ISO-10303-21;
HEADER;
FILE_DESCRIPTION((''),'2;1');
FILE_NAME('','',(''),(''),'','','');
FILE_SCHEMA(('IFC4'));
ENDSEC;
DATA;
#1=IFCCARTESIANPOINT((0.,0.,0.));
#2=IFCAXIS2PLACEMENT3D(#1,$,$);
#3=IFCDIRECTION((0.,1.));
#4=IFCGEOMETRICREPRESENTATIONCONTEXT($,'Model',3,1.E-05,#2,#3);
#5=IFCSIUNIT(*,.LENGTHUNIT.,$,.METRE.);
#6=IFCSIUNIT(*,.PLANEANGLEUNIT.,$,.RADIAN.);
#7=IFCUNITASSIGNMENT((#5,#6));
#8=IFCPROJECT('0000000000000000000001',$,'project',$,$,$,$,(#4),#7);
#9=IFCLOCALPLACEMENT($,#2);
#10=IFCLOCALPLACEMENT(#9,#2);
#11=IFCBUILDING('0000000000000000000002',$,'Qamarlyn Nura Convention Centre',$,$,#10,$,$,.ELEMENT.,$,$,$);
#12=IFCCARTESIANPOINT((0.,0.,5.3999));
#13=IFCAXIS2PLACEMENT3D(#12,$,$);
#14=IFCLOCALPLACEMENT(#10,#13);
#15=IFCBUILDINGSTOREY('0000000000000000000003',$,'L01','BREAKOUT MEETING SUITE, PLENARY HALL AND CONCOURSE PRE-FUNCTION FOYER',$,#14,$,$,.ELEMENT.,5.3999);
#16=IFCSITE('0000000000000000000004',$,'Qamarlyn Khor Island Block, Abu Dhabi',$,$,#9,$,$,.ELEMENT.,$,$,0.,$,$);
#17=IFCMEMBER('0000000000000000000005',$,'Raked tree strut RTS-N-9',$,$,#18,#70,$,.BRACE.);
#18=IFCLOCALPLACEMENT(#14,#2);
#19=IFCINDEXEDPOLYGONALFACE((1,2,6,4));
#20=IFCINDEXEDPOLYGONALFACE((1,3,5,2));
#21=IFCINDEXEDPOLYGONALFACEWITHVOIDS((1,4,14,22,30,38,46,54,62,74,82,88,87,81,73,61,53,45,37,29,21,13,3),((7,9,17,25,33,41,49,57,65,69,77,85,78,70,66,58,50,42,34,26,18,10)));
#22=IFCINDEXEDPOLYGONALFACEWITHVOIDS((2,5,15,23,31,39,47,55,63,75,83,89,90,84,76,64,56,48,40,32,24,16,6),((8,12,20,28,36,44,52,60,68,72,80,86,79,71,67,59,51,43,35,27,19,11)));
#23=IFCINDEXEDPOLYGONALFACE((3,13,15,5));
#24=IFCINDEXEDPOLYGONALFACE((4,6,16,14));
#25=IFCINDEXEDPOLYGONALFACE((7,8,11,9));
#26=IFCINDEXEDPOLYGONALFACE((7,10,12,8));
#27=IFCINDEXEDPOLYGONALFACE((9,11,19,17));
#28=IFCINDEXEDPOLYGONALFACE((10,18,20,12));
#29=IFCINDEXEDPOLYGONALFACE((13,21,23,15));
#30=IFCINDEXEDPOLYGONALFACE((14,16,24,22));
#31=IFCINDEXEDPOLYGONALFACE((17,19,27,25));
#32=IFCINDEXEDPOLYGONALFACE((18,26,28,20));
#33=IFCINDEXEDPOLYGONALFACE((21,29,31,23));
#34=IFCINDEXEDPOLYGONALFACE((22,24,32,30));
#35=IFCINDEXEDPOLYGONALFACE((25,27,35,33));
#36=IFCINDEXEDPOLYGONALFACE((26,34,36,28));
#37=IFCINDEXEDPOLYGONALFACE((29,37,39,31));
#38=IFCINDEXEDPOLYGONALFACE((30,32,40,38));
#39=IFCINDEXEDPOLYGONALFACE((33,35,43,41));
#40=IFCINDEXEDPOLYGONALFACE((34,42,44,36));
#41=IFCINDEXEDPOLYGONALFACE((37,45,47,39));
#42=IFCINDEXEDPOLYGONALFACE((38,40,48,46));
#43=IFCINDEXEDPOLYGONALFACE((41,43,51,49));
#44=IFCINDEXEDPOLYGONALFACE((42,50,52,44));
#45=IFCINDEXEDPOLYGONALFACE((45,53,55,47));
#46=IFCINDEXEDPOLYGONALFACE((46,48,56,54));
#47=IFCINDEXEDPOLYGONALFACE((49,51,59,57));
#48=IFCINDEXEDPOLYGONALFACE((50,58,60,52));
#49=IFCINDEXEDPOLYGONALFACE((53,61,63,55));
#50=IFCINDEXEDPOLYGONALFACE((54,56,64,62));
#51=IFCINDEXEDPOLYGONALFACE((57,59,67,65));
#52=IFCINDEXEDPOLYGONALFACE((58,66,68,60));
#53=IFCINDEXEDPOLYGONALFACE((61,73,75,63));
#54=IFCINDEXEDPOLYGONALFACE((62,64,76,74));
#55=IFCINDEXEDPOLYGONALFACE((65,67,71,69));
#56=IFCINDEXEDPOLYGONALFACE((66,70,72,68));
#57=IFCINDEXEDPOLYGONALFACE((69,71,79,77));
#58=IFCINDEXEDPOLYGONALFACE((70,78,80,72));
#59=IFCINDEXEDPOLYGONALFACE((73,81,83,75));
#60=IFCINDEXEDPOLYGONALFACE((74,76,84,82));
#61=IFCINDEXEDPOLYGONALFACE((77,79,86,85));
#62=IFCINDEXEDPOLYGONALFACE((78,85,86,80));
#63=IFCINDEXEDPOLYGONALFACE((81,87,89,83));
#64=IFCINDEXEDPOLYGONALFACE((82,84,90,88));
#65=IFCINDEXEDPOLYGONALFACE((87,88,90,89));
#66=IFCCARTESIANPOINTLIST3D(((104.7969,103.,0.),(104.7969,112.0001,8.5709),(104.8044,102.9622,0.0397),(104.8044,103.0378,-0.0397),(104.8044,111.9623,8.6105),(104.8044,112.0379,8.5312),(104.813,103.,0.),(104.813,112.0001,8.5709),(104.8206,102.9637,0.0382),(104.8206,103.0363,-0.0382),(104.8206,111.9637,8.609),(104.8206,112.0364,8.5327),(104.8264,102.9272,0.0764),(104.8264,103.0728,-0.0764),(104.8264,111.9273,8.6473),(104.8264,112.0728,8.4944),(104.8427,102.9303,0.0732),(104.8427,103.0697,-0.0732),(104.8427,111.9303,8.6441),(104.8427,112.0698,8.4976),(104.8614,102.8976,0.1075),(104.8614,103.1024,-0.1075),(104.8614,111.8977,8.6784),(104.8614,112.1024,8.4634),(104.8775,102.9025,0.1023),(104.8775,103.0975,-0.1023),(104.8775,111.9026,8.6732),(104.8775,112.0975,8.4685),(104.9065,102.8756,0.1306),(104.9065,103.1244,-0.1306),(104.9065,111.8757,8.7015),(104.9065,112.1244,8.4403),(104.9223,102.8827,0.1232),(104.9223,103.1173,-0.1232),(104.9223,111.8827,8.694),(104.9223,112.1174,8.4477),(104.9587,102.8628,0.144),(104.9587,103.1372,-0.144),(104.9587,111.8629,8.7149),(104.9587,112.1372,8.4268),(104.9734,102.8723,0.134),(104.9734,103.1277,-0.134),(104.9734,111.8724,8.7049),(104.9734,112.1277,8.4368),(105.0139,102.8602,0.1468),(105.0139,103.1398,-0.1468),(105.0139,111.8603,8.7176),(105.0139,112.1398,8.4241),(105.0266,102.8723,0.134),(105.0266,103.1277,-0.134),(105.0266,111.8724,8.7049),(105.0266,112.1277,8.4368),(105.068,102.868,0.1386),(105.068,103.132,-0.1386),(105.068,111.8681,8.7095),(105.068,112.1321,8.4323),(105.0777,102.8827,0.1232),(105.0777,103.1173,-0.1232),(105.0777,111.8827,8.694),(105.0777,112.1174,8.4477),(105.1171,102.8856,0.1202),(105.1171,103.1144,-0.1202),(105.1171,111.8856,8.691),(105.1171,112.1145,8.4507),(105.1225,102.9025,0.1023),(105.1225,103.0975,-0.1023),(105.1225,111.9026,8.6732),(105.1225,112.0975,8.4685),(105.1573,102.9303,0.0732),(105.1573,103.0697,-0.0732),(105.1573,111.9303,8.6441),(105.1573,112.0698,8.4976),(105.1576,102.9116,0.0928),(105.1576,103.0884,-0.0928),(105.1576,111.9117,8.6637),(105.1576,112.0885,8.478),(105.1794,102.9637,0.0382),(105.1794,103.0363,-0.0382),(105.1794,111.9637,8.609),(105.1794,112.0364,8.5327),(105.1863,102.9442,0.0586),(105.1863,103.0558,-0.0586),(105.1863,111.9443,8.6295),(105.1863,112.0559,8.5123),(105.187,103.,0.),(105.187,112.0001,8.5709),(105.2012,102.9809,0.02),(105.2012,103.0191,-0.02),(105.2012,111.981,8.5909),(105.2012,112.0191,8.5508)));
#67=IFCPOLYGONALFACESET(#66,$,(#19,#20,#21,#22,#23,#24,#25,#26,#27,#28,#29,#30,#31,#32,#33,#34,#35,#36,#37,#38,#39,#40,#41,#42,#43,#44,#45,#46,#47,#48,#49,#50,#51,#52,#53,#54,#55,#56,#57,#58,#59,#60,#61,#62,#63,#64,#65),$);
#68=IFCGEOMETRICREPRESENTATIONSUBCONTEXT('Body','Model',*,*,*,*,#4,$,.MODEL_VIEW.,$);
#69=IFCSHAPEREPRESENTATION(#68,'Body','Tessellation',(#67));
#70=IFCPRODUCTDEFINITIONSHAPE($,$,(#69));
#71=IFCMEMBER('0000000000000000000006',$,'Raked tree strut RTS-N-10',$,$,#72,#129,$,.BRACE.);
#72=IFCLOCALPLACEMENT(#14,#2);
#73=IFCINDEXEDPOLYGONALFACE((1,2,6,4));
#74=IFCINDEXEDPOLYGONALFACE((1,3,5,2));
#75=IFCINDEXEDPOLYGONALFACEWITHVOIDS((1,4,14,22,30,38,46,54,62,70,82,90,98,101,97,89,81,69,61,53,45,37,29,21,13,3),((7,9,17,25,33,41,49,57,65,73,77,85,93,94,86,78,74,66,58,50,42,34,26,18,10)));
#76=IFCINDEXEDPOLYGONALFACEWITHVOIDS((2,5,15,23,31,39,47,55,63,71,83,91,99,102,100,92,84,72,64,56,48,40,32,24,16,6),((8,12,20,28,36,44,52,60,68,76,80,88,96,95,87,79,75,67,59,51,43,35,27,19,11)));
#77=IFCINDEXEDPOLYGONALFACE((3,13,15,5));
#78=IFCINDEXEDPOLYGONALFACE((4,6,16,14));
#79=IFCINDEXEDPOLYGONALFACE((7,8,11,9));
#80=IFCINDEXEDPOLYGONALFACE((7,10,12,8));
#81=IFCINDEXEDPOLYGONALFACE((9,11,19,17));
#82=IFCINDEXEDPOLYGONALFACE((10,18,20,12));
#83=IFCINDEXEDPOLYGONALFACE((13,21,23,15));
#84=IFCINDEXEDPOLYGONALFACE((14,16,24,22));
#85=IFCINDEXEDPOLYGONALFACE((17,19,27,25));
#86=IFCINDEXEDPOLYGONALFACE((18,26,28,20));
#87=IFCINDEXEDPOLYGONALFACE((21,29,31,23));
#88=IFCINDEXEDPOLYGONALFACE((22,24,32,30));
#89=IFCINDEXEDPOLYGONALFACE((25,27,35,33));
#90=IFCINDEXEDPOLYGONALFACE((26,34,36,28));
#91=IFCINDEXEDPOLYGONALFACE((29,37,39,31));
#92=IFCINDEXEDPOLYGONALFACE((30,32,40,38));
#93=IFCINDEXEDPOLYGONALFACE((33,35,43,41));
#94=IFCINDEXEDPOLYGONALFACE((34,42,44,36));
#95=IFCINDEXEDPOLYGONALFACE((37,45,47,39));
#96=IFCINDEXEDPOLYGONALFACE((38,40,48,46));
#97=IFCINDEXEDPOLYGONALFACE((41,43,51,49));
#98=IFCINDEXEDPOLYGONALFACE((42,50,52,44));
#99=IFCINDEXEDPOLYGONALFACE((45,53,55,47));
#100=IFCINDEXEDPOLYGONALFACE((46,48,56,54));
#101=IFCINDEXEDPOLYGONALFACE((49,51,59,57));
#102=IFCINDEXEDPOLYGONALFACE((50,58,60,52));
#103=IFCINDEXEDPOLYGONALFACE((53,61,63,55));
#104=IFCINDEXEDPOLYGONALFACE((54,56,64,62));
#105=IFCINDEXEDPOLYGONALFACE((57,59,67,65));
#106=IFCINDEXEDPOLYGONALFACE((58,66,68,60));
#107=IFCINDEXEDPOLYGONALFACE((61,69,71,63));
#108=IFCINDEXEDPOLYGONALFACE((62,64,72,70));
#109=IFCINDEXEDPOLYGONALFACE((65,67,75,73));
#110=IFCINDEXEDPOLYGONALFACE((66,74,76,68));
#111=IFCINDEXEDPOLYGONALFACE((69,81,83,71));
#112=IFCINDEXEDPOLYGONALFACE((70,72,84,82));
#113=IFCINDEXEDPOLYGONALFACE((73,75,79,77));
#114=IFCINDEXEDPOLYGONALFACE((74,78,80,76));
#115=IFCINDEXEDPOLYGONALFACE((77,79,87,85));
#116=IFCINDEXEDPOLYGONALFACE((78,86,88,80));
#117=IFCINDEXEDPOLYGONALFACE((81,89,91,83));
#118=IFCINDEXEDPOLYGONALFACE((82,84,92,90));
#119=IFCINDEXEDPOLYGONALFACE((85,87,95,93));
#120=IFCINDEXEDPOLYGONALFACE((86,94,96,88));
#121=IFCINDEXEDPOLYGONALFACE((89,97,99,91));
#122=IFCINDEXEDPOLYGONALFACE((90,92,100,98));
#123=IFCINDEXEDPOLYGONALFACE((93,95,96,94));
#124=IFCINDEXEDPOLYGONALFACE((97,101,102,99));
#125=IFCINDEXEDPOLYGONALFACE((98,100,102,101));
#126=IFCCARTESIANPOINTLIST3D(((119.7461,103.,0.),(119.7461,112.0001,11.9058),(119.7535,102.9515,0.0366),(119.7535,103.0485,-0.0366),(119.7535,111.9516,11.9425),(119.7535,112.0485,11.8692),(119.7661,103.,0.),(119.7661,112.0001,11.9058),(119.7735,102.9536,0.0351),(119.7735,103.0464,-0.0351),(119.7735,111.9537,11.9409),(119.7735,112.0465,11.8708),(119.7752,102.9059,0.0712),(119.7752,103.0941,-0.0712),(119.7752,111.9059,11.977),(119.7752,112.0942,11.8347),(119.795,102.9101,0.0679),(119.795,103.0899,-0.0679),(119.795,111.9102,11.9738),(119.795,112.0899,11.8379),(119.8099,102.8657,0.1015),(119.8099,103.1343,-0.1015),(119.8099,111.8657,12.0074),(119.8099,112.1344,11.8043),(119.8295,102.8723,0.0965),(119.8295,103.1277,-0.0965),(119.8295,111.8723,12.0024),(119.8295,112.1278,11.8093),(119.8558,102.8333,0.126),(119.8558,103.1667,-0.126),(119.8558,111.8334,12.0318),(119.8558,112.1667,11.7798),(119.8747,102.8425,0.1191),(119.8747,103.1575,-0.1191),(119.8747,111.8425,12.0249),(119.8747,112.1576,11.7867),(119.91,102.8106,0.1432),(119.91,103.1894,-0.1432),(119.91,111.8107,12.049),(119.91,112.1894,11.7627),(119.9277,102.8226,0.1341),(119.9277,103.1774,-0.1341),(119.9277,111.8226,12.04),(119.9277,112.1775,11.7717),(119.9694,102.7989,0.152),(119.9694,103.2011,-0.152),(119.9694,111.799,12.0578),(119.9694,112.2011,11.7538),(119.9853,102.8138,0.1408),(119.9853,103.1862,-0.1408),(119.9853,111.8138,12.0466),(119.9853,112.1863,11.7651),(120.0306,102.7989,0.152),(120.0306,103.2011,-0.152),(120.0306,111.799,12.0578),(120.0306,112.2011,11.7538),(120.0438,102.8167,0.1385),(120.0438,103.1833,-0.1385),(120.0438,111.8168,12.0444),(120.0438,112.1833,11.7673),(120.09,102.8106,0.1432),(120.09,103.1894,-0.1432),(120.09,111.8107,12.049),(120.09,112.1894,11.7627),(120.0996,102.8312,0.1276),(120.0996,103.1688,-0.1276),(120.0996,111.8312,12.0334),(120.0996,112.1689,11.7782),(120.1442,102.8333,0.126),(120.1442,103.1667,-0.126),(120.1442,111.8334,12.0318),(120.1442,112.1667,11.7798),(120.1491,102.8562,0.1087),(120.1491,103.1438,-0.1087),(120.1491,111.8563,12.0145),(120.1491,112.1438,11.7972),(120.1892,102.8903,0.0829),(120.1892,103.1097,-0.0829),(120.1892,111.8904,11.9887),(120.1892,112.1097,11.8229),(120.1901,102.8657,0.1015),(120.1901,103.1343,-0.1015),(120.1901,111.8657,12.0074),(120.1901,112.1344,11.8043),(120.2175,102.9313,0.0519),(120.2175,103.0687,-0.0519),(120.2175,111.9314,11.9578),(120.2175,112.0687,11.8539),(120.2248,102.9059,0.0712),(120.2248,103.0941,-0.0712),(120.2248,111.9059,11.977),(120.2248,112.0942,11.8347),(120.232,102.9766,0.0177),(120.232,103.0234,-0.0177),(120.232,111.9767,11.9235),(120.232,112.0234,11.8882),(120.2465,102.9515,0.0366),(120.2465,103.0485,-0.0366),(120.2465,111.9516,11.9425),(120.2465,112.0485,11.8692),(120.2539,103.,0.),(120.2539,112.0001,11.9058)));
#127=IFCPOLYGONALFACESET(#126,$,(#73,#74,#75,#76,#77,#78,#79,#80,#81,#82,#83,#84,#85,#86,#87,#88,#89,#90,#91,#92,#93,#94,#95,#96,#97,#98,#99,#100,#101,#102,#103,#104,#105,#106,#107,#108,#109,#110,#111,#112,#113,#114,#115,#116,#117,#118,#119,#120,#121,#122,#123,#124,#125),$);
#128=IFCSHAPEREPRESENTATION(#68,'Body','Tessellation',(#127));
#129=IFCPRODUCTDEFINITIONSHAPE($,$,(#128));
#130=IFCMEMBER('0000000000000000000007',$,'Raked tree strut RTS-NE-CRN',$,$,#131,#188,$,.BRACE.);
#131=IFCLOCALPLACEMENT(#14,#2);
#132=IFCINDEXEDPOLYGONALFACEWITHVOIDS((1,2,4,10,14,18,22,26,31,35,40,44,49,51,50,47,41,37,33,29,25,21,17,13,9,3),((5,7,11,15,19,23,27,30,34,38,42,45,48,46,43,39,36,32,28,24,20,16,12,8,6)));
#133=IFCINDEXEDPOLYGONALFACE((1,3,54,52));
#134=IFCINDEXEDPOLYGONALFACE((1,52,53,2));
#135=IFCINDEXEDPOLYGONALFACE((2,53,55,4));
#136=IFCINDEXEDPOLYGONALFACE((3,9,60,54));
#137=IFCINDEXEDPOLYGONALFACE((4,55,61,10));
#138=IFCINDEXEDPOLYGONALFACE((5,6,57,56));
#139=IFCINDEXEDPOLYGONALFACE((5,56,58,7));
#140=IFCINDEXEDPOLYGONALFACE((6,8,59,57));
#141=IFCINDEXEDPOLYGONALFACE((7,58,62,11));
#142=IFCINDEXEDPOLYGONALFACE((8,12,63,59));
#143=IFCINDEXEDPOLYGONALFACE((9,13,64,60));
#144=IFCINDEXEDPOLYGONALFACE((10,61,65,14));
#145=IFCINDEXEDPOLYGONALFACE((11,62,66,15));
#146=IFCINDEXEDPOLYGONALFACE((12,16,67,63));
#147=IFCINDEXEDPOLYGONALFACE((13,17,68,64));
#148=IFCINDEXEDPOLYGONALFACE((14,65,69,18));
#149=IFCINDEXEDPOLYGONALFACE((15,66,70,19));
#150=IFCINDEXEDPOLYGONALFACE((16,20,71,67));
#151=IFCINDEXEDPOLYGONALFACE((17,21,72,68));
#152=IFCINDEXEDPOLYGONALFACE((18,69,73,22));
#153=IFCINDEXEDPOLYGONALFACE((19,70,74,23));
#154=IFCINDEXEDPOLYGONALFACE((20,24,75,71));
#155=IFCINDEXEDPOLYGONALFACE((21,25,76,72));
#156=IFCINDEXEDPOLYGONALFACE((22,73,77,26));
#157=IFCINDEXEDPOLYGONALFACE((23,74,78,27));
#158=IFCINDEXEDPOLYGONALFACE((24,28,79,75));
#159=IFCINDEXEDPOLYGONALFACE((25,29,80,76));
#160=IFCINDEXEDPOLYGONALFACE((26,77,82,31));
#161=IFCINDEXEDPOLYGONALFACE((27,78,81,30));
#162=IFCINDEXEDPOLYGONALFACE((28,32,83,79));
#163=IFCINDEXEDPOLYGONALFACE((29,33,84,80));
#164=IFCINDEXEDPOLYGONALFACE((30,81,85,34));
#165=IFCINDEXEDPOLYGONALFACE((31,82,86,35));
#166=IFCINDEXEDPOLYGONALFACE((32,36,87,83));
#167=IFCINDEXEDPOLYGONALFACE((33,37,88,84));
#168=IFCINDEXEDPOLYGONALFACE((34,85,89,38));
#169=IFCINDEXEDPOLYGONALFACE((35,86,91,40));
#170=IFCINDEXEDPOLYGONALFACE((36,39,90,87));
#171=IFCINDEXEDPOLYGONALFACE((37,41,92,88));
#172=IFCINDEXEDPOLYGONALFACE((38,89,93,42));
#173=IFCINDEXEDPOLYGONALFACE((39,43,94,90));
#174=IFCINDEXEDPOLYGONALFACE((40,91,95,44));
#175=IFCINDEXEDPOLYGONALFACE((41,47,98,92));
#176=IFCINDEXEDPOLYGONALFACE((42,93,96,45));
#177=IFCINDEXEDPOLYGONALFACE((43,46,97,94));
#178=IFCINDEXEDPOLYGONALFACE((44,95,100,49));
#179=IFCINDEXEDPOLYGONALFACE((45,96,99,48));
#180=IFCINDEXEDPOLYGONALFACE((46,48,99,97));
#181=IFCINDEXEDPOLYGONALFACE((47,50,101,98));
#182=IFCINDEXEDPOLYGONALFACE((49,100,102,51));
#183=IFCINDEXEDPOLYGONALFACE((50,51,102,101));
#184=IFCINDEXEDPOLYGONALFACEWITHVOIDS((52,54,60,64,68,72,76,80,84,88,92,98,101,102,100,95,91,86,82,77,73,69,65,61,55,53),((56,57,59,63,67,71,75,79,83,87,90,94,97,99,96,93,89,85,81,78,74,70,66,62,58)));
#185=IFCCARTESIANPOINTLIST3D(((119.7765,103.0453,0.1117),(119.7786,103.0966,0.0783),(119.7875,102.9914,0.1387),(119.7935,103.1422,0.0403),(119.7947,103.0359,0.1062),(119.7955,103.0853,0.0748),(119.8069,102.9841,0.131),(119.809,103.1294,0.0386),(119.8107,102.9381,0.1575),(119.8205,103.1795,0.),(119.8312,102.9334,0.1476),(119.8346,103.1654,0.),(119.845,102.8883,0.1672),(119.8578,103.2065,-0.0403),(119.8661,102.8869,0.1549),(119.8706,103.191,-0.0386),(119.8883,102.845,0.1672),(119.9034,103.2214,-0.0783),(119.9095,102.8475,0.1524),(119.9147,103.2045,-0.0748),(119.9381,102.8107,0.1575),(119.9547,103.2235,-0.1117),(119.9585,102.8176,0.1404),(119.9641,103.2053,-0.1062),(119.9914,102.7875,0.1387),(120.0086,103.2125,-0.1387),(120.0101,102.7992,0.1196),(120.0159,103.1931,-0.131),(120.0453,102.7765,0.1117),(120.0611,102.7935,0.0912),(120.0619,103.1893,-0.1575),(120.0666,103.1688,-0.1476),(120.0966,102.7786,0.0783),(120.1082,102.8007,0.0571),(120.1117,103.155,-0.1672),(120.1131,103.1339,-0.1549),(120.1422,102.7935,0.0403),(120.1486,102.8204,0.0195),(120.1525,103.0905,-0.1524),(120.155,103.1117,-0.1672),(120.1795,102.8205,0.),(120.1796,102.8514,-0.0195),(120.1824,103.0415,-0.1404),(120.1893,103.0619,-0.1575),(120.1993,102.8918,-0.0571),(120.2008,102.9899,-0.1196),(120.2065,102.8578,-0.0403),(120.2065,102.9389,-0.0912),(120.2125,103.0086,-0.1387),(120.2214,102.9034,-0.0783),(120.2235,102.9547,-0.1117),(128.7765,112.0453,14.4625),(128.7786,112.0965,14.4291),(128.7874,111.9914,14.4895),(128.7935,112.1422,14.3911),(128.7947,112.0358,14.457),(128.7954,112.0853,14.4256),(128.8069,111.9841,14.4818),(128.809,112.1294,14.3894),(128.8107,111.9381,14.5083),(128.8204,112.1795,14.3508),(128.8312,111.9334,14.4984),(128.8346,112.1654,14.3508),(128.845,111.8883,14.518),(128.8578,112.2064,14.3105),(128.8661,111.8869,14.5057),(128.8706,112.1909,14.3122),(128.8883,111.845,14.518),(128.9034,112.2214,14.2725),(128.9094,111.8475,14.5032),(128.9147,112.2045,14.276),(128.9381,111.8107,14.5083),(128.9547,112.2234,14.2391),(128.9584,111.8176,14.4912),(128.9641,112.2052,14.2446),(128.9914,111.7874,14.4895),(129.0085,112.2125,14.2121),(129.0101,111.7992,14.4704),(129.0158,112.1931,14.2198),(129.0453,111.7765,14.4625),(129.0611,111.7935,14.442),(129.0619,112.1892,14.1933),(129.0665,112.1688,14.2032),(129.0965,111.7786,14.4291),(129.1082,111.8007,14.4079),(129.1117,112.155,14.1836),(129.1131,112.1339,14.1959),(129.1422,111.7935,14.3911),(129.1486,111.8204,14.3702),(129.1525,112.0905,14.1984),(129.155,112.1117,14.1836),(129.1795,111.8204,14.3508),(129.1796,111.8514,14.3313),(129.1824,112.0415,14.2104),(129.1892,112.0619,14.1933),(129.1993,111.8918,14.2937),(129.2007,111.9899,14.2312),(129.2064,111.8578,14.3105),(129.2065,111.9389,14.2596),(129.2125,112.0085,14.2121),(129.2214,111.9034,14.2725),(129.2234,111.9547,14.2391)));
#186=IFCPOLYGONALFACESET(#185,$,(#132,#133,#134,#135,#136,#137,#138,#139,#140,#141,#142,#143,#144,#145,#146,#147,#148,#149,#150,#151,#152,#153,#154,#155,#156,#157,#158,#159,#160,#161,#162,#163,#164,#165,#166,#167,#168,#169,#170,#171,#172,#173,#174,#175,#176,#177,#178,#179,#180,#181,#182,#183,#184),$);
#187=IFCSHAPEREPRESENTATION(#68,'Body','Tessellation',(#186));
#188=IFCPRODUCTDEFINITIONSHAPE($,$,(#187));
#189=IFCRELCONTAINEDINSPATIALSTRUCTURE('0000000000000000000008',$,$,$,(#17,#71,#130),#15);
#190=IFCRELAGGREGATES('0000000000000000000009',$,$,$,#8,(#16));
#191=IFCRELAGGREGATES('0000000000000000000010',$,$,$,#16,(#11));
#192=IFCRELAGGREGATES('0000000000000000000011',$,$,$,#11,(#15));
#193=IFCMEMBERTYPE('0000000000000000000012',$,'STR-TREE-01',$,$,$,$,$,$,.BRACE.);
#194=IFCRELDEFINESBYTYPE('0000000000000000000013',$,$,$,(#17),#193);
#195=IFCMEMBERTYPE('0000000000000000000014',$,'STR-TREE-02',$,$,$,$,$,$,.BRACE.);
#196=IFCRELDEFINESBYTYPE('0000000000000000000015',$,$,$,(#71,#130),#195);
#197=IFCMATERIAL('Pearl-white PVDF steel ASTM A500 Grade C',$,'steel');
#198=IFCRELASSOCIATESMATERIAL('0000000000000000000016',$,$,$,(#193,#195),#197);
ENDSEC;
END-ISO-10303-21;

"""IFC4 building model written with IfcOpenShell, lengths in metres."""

from ifc_helpers import new_model, si_unit, direction, frame, origin, origin_2d, place, context, subcontext, project, spatial, hollow_circle, extrude, material, material_profile, profile_set, type_object, element, save


model = new_model("IFC4")

# Units and contexts
model_context = context("Model", 3, precision=1e-05, world=origin(), true_north=direction((0.0, 1.0)))
body_context = subcontext(model_context, "Body", "Model", "MODEL_VIEW")
ifc_project = project(units=[si_unit("LENGTHUNIT", "METRE"), si_unit("PLANEANGLEUNIT", "RADIAN")], contexts=[model_context])

# Site, building, storey
site_placement = place(None, origin())
site = spatial("IfcSite", under=ifc_project, at=site_placement, Name="Qamarlyn Khor Island Block, Abu Dhabi", CompositionType="ELEMENT", RefElevation=0.0)
building_placement = place(site_placement, origin())
building = spatial("IfcBuilding", under=site, at=building_placement, Name="Qamarlyn Nura Convention Centre", CompositionType="ELEMENT")
storey_placement = place(building_placement, frame((0.0, 0.0, 5.3999)))
storey = spatial("IfcBuildingStorey", under=building, at=storey_placement, Name="L01", Description="BREAKOUT MEETING SUITE, PLENARY HALL AND CONCOURSE PRE-FUNCTION FOYER", CompositionType="ELEMENT", Elevation=5.3999)

# Members
ifc_material_1 = material(Name="Pearl-white PVDF steel ASTM A500 Grade C", Category="steel")
ifc_material_profile_1 = material_profile(ifc_material_1, hollow_circle(Radius=0.2031, WallThickness=0.0161, at=origin_2d()), Name="CHS406.4X16")
ifc_profile_set_1 = profile_set([ifc_material_profile_1], Name="Pearl-white PVDF steel ASTM A500 Grade C")
member_type_1 = type_object("IfcMemberType", Name="STR-TREE-01", PredefinedType="BRACE", material=ifc_profile_set_1)
member_1_placement = place(storey_placement, frame((105.0, 103.0, 0.0), z_axis=(0.0, 0.724163, 0.689629), x_axis=(-1.0, 0.0, 0.0)))
element("IfcMember", 1, at=member_1_placement, inside=storey, type_object=member_type_1, Name="Raked tree strut RTS-N-9", PredefinedType="BRACE", context=body_context, shape_type="SweptSolid", body=[
    extrude(hollow_circle(Radius=0.2031, WallThickness=0.0161, at=origin_2d()), origin(), (0.0, 0.0, 1.0), 12.4282),
])
ifc_material_profile_2 = material_profile(ifc_material_1, hollow_circle(Radius=0.2539, WallThickness=0.02, at=origin_2d()), Name="CHS508X20")
ifc_profile_set_2 = profile_set([ifc_material_profile_2], Name="Pearl-white PVDF steel ASTM A500 Grade C")
member_type_2 = type_object("IfcMemberType", Name="STR-TREE-02", PredefinedType="BRACE", material=ifc_profile_set_2)
member_2_placement = place(storey_placement, frame((120.0, 103.0, 0.0), z_axis=(0.0, 0.603027, 0.797721), x_axis=(-1.0, 0.0, 0.0)))
element("IfcMember", 2, at=member_2_placement, inside=storey, type_object=member_type_2, Name="Raked tree strut RTS-N-10", PredefinedType="BRACE", context=body_context, shape_type="SweptSolid", body=[
    extrude(hollow_circle(Radius=0.2539, WallThickness=0.02, at=origin_2d()), origin(), (0.0, 0.0, 1.0), 14.9248),
])
member_3_placement = place(storey_placement, frame((120.0, 103.0, 0.0), z_axis=(0.469192, 0.469192, 0.748143), x_axis=(-0.707107, 0.707107, 0.0)))
element("IfcMember", 3, at=member_3_placement, inside=storey, type_object=member_type_2, Name="Raked tree strut RTS-NE-CRN", PredefinedType="BRACE", context=body_context, shape_type="SweptSolid", body=[
    extrude(hollow_circle(Radius=0.2539, WallThickness=0.02, at=origin_2d()), origin(), (0.0, 0.0, 1.0), 19.1819),
])

save(model, "model.ifc")
